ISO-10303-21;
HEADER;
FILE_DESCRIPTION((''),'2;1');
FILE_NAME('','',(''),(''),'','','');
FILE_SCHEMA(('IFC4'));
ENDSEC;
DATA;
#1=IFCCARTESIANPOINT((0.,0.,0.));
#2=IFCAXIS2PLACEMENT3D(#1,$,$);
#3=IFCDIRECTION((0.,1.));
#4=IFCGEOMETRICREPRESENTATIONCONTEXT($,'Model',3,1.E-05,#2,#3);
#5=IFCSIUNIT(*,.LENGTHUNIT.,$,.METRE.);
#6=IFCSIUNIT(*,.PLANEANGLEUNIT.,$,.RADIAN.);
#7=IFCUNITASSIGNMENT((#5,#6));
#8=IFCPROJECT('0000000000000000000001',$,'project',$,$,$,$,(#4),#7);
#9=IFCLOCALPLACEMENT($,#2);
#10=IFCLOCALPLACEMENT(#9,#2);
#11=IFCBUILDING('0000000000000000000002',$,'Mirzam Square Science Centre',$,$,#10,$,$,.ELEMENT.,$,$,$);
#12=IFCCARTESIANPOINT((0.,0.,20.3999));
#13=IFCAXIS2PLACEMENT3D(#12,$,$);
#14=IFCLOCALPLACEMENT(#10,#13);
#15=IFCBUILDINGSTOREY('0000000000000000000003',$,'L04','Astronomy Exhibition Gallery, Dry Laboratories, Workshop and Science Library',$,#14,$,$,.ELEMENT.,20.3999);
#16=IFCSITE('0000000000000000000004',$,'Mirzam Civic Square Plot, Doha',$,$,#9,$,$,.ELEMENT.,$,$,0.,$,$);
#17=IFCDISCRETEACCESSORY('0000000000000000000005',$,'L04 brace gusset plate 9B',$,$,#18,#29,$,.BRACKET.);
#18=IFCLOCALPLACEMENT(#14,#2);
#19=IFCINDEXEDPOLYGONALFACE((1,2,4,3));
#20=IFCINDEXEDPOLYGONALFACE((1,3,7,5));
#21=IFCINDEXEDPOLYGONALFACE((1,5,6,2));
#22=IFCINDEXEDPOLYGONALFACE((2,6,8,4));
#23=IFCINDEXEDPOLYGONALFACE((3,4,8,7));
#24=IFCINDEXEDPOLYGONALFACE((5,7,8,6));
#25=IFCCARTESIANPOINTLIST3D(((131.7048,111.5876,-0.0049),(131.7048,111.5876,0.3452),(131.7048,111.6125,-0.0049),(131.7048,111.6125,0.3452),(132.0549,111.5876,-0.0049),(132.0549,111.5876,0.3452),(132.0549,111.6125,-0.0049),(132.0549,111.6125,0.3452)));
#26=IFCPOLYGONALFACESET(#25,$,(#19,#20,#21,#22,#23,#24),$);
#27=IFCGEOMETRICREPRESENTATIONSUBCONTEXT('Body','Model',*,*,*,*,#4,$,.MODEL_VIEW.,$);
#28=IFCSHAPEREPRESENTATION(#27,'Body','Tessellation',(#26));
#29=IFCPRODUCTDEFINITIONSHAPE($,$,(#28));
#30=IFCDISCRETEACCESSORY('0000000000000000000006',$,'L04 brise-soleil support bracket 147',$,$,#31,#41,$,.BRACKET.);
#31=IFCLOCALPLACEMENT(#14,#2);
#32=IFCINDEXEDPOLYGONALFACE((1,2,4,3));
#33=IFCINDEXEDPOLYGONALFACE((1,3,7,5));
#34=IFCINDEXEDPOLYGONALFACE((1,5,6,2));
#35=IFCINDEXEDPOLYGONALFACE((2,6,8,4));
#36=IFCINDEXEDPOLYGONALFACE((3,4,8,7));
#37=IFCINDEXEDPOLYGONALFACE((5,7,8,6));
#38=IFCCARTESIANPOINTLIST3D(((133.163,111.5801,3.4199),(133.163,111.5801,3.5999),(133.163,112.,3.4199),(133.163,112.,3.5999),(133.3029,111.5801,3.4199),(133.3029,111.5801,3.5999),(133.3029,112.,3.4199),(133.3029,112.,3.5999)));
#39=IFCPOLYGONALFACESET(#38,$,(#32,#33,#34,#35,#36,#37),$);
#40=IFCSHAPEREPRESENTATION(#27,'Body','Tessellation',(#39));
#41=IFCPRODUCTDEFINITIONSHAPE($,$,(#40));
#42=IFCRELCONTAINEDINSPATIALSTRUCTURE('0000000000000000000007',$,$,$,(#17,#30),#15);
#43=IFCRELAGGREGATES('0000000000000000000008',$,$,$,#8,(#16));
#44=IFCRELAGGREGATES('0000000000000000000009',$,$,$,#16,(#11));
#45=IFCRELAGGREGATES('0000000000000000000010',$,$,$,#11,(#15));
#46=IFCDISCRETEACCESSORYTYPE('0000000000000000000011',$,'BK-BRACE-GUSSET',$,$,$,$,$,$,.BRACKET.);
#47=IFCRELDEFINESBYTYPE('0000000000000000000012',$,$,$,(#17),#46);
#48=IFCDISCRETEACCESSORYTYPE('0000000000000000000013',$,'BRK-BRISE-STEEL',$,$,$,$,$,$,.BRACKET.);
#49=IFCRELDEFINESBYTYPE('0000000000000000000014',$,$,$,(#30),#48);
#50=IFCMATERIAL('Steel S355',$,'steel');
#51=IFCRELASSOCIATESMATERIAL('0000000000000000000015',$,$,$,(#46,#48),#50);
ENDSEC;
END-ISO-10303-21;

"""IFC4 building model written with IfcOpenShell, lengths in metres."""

from ifc_helpers import new_model, si_unit, direction, frame, origin, origin_2d, place, context, subcontext, project, spatial, rectangle, extrude, material, type_object, element, save


model = new_model("IFC4")

# Units and contexts
model_context = context("Model", 3, precision=1e-05, world=origin(), true_north=direction((0.0, 1.0)))
body_context = subcontext(model_context, "Body", "Model", "MODEL_VIEW")
ifc_project = project(units=[si_unit("LENGTHUNIT", "METRE"), si_unit("PLANEANGLEUNIT", "RADIAN")], contexts=[model_context])

# Site, building, storey
site_placement = place(None, origin())
site = spatial("IfcSite", under=ifc_project, at=site_placement, Name="Mirzam Civic Square Plot, Doha", CompositionType="ELEMENT", RefElevation=0.0)
building_placement = place(site_placement, origin())
building = spatial("IfcBuilding", under=site, at=building_placement, Name="Mirzam Square Science Centre", CompositionType="ELEMENT")
storey_placement = place(building_placement, frame((0.0, 0.0, 20.3999)))
storey = spatial("IfcBuildingStorey", under=building, at=storey_placement, Name="L04", Description="Astronomy Exhibition Gallery, Dry Laboratories, Workshop and Science Library", CompositionType="ELEMENT", Elevation=20.3999)

# Shared definitions
ifc_material_1 = material(Name="Steel S355", Category="steel")

# Discrete accessories
discrete_accessory_type_1 = type_object("IfcDiscreteAccessoryType", Name="BK-BRACE-GUSSET", PredefinedType="BRACKET", material=ifc_material_1)
discrete_accessory_1_placement = place(storey_placement, frame((131.8799, 111.6001, -0.0049), z_axis=(0.0, 0.0, 1.0), x_axis=(1.0, 0.0, 0.0)))
element("IfcDiscreteAccessory", 1, at=discrete_accessory_1_placement, inside=storey, type_object=discrete_accessory_type_1, Name="L04 brace gusset plate 9B", PredefinedType="BRACKET", context=body_context, shape_type="SweptSolid", body=[
    extrude(rectangle(XDim=0.3501, YDim=0.0249, at=origin_2d()), origin(), (0.0, 0.0, 1.0), 0.3501),
])
discrete_accessory_type_2 = type_object("IfcDiscreteAccessoryType", Name="BRK-BRISE-STEEL", PredefinedType="BRACKET", material=ifc_material_1)
discrete_accessory_2_placement = place(storey_placement, frame((133.2329, 111.79, 3.4199), z_axis=(0.0, 0.0, 1.0), x_axis=(-1.0, 0.0, 0.0)))
element("IfcDiscreteAccessory", 2, at=discrete_accessory_2_placement, inside=storey, type_object=discrete_accessory_type_2, Name="L04 brise-soleil support bracket 147", PredefinedType="BRACKET", context=body_context, shape_type="SweptSolid", body=[
    extrude(rectangle(XDim=0.1399, YDim=0.4199, at=origin_2d()), origin(), (0.0, 0.0, 1.0), 0.1799),
])

save(model, "model.ifc")
